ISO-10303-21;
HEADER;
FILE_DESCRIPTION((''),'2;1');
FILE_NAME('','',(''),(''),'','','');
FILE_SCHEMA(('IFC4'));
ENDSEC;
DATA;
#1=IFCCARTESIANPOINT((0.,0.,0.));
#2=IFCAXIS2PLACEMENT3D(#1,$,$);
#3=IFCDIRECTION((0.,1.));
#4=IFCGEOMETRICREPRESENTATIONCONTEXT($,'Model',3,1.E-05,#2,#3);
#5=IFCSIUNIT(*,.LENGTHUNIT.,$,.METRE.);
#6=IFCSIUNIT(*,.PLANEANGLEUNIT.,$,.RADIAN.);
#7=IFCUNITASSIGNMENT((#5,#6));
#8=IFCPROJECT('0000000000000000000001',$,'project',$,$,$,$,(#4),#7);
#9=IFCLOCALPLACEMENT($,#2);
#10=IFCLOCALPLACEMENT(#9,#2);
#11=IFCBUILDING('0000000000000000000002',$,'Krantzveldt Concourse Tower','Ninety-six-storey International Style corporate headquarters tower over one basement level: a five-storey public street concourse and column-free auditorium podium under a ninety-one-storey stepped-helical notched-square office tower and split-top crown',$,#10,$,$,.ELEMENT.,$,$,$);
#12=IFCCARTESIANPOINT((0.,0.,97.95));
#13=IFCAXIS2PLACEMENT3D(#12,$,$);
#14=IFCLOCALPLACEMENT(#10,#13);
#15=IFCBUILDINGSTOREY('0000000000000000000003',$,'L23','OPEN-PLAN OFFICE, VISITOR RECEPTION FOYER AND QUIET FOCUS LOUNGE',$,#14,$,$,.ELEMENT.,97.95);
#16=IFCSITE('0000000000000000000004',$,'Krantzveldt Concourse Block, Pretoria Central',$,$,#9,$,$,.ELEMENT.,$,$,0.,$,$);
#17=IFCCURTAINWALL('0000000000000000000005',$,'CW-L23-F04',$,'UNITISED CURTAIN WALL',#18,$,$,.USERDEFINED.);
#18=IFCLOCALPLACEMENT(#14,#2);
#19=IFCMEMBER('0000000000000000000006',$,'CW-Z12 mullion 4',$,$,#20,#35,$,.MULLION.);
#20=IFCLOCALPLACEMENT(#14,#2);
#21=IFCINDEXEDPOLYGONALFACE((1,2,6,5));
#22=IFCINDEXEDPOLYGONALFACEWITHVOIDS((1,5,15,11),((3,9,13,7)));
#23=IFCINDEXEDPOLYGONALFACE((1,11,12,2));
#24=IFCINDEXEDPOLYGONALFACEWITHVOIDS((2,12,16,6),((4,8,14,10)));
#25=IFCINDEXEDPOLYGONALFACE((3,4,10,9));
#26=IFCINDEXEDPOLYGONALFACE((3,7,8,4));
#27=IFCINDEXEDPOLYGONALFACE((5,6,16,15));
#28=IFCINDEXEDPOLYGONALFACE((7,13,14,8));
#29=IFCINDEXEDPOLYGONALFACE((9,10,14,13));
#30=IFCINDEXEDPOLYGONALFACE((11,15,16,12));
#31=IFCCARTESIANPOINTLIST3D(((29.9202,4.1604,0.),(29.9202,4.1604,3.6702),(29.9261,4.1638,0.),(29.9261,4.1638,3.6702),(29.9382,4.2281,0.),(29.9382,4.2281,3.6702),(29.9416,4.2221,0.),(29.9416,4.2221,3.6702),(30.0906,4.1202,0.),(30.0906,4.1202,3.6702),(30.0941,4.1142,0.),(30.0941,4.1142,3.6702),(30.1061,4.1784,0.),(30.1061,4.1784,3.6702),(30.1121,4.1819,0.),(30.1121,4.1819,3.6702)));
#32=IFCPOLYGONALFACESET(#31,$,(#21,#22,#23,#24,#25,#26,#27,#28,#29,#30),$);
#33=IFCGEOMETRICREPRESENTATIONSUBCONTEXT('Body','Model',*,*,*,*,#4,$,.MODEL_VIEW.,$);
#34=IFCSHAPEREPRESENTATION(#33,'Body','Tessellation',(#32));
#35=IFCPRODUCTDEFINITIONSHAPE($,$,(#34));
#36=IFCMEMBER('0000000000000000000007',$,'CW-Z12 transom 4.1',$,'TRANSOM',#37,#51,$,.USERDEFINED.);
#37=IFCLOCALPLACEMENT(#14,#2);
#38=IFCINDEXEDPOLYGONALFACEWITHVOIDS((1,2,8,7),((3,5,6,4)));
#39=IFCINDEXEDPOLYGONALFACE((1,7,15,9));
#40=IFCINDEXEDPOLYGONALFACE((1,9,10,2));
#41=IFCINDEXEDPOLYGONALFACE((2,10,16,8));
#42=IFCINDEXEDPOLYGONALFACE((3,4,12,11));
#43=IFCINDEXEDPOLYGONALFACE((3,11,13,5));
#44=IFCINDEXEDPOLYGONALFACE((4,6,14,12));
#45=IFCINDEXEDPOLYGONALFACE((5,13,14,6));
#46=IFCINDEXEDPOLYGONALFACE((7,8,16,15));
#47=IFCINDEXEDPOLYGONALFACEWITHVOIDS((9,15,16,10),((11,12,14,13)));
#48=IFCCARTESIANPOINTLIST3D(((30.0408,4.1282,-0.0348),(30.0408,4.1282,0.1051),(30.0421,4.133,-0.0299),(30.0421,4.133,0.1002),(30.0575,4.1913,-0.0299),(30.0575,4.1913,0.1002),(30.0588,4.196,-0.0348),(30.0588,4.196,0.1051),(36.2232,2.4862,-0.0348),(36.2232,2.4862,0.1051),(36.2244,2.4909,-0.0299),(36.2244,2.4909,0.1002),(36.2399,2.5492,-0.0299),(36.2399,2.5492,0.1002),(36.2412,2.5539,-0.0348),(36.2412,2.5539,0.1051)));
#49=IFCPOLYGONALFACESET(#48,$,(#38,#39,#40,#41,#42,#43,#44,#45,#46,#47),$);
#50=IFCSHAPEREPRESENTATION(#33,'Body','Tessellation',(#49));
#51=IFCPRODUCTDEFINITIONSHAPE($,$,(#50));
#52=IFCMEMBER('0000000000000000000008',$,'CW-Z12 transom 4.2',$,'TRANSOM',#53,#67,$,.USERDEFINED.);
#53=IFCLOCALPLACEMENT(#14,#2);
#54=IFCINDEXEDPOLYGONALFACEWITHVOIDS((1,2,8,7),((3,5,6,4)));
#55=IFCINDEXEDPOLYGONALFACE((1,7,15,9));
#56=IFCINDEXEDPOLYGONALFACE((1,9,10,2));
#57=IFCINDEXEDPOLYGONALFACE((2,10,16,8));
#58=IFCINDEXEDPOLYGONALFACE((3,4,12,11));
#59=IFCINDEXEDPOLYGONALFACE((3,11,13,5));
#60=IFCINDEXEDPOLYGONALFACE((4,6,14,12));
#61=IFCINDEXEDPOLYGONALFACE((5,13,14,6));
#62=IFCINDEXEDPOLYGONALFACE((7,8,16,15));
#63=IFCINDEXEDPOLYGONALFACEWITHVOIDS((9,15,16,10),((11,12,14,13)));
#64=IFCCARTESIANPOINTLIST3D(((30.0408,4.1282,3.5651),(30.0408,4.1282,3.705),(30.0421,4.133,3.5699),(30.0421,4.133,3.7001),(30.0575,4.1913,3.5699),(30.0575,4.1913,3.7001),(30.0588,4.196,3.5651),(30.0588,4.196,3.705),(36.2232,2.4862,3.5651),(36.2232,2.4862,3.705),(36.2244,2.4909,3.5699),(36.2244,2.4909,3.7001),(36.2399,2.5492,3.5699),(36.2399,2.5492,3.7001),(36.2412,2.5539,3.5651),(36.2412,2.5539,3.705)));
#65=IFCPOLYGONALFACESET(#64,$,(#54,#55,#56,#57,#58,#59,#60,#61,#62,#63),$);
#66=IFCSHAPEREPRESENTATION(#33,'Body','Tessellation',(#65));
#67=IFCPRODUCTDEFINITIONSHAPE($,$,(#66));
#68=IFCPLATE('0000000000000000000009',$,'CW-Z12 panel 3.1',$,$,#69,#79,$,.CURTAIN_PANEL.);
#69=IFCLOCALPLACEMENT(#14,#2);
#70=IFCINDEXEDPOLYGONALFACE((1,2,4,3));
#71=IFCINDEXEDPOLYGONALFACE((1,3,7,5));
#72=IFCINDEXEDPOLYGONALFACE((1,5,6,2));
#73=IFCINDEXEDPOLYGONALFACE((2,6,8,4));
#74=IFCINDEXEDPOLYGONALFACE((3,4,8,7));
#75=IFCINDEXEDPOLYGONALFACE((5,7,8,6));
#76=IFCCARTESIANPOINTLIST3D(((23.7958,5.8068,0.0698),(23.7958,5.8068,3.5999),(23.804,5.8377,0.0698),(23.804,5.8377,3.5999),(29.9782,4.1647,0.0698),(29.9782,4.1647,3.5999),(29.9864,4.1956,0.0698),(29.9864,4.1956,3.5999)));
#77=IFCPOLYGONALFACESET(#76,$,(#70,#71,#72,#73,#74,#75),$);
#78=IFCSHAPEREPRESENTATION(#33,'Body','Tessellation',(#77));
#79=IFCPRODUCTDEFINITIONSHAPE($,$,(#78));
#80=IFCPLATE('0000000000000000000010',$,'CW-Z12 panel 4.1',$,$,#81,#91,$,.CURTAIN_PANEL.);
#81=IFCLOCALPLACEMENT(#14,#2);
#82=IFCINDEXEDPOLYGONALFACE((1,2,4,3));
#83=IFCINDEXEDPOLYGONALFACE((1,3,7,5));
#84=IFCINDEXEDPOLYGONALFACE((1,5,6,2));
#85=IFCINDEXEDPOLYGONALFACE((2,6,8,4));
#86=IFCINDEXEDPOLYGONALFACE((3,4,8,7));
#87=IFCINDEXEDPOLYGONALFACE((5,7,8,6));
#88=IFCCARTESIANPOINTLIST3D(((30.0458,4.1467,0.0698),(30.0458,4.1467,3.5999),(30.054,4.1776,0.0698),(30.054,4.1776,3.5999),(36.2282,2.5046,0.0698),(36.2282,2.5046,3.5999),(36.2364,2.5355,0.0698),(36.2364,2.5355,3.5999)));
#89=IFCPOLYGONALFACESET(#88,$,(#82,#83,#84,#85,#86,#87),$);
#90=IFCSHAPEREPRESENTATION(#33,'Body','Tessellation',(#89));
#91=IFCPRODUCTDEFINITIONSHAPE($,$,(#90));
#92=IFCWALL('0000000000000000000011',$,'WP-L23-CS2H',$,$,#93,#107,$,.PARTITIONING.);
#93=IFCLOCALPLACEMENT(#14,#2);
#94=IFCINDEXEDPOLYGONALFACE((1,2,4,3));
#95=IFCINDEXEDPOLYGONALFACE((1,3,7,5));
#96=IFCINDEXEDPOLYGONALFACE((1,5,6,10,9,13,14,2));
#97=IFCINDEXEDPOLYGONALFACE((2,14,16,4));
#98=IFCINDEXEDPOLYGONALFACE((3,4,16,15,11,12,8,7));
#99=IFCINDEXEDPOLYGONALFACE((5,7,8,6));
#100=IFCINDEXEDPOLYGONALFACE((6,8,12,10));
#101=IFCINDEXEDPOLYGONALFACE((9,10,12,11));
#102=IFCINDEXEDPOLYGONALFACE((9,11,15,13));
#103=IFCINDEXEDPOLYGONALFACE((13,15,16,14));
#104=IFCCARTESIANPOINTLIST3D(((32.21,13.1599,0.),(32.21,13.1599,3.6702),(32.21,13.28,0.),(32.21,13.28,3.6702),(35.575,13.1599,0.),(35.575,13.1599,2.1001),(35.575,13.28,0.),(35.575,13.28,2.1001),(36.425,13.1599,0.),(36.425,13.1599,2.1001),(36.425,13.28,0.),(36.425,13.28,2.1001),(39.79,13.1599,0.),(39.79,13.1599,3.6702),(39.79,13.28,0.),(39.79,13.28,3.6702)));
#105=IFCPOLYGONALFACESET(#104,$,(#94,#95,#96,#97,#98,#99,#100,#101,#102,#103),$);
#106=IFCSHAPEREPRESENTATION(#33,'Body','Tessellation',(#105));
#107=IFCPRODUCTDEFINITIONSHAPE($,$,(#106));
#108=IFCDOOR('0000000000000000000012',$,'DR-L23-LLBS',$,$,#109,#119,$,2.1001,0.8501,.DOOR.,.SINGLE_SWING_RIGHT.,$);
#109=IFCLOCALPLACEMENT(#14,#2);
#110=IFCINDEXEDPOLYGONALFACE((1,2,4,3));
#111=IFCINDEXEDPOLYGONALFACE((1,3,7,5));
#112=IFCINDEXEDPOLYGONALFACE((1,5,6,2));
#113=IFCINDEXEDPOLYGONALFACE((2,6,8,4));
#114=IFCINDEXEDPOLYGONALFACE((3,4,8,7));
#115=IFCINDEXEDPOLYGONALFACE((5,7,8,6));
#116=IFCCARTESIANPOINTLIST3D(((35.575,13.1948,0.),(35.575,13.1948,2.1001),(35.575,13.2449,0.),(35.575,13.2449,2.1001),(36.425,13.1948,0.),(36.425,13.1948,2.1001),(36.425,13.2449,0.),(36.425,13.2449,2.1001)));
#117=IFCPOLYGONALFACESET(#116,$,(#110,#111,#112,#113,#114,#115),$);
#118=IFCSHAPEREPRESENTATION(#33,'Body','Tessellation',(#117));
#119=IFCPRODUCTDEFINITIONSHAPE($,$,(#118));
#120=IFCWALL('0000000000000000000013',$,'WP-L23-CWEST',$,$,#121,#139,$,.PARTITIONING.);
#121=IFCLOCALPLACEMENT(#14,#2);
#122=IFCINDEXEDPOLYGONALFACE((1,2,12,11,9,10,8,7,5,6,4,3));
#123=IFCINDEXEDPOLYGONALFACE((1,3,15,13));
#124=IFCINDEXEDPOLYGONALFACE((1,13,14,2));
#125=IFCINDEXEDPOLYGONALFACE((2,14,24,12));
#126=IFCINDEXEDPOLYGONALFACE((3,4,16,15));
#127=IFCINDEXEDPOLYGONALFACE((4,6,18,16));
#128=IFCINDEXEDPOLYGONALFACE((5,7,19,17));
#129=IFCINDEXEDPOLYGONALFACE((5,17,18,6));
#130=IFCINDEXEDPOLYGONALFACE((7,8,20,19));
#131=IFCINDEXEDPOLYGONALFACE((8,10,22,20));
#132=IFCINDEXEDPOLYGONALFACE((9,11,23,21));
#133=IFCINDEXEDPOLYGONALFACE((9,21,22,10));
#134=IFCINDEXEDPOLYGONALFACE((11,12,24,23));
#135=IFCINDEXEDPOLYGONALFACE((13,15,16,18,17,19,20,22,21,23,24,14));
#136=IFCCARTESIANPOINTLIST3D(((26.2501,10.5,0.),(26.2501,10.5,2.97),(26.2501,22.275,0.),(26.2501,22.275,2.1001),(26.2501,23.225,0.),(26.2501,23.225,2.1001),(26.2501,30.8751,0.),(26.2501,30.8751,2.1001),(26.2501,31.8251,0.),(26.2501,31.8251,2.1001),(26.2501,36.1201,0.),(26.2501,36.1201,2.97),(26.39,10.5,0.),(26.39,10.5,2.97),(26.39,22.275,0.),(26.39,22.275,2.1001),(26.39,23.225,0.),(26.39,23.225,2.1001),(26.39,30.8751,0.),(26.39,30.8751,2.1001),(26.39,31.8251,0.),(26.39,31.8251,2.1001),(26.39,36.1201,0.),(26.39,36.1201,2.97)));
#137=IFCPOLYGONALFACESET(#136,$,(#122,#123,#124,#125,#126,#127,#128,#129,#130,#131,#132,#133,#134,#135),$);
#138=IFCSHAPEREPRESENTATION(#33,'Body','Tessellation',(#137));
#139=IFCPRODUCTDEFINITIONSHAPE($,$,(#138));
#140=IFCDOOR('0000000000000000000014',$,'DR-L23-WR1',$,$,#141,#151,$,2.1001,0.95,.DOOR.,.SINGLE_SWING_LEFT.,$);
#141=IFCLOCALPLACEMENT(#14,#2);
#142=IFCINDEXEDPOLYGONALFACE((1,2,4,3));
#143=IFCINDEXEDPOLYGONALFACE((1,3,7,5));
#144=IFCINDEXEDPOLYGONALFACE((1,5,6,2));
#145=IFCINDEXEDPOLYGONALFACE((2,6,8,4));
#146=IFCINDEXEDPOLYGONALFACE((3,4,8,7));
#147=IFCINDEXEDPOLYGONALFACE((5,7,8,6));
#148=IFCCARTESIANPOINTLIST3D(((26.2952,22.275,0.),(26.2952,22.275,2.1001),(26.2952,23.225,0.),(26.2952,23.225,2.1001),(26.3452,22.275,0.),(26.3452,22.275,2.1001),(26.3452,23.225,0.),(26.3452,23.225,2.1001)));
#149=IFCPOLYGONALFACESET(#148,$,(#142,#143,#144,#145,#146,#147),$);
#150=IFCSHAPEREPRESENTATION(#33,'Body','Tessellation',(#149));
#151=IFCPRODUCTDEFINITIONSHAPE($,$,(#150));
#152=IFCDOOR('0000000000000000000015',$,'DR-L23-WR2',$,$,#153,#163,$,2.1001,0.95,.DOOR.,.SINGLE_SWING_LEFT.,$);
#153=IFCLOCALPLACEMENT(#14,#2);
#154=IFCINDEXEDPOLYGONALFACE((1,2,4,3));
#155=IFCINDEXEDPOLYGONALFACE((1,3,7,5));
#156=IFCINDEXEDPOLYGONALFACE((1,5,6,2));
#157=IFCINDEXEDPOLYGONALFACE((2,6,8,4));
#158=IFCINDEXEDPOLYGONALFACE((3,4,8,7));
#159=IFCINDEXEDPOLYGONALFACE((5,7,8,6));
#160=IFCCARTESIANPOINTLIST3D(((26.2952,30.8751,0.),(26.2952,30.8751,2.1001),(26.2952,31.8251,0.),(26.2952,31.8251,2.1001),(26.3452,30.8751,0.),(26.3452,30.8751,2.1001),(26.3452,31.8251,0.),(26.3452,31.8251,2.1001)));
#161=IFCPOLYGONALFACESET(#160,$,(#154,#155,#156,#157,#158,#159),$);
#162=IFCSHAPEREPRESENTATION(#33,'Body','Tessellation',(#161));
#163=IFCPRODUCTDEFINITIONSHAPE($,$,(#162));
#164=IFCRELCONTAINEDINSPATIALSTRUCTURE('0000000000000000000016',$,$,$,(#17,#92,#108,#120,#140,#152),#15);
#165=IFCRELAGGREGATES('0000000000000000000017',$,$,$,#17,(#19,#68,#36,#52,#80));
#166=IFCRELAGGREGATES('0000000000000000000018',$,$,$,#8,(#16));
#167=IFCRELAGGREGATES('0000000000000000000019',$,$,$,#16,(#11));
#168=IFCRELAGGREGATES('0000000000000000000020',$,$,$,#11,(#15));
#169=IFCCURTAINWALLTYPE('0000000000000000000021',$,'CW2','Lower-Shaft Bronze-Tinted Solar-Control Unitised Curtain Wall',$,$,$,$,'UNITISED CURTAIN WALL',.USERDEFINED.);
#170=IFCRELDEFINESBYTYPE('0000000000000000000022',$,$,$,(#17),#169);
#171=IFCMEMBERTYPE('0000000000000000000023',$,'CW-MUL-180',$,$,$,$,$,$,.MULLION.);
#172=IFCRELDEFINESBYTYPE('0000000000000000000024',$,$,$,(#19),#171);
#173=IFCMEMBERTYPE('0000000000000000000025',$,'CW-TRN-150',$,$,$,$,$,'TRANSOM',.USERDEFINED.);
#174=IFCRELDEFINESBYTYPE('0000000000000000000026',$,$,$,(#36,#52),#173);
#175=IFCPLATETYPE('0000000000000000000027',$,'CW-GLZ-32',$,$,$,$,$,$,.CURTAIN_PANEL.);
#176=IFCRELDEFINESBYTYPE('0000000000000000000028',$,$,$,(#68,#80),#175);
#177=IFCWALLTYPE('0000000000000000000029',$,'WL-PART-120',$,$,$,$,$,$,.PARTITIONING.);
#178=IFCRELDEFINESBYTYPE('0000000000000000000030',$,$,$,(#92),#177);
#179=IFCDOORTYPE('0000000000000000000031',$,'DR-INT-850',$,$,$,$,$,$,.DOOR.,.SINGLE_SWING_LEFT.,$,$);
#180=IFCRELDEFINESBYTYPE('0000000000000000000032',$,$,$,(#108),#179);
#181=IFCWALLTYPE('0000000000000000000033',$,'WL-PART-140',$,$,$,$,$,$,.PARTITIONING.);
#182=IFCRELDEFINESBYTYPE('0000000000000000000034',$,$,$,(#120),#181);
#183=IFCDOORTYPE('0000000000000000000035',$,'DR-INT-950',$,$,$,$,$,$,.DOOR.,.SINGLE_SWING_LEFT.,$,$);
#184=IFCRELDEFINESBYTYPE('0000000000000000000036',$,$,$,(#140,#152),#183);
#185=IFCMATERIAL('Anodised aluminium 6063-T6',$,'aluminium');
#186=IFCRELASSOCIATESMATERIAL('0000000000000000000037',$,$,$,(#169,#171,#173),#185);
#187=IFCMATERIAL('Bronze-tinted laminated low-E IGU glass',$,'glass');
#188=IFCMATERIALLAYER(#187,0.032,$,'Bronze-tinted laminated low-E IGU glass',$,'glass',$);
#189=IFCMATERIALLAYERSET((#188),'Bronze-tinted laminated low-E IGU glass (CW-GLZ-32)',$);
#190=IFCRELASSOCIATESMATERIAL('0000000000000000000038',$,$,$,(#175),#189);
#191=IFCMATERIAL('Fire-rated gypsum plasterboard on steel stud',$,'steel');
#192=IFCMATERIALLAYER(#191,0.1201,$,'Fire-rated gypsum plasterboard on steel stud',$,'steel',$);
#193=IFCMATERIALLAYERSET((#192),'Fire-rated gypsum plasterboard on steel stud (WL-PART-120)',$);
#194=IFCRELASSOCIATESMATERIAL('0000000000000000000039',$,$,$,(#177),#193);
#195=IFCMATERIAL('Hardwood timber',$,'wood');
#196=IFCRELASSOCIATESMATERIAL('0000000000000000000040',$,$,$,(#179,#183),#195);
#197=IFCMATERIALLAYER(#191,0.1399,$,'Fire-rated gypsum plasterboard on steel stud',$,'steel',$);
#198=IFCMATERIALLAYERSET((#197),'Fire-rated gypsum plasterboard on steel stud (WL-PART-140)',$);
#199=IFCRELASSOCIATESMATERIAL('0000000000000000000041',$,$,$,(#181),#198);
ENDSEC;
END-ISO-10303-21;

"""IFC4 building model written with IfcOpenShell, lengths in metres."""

from ifc_helpers import new_model, si_unit, direction, frame, frame_2d, origin, origin_2d, place, context, subcontext, project, spatial, rectangle, hollow_rectangle, extrude, source, transform, mapped, material, layer, layer_set, material_profile, profile_set, type_object, type_shapes, element, fill, aggregate, save


model = new_model("IFC4")

# Units and contexts
model_context = context("Model", 3, precision=1e-05, world=origin(), true_north=direction((0.0, 1.0)))
body_context = subcontext(model_context, "Body", "Model", "MODEL_VIEW")
ifc_project = project(units=[si_unit("LENGTHUNIT", "METRE"), si_unit("PLANEANGLEUNIT", "RADIAN")], contexts=[model_context])

# Site, building, storey
site_placement = place(None, origin())
site = spatial("IfcSite", under=ifc_project, at=site_placement, Name="Krantzveldt Concourse Block, Pretoria Central", CompositionType="ELEMENT", RefElevation=0.0)
building_placement = place(site_placement, origin())
building = spatial("IfcBuilding", under=site, at=building_placement, Name="Krantzveldt Concourse Tower", Description="Ninety-six-storey International Style corporate headquarters tower over one basement level: a five-storey public street concourse and column-free auditorium podium under a ninety-one-storey stepped-helical notched-square office tower and split-top crown", CompositionType="ELEMENT")
storey_placement = place(building_placement, frame((0.0, 0.0, 97.95)))
storey = spatial("IfcBuildingStorey", under=building, at=storey_placement, Name="L23", Description="OPEN-PLAN OFFICE, VISITOR RECEPTION FOYER AND QUIET FOCUS LOUNGE", CompositionType="ELEMENT", Elevation=97.95)

# Curtain wall, members, plates
ifc_material_1 = material(Name="Anodised aluminium 6063-T6", Category="aluminium")
curtain_wall_type = type_object("IfcCurtainWallType", Name="CW2", Description="Lower-Shaft Bronze-Tinted Solar-Control Unitised Curtain Wall", ElementType="UNITISED CURTAIN WALL", PredefinedType="USERDEFINED", material=ifc_material_1)
curtain_wall_placement = place(storey_placement, origin())
curtain_wall = element("IfcCurtainWall", 1, at=curtain_wall_placement, inside=storey, type_object=curtain_wall_type, Name="CW-L23-F04", ObjectType="UNITISED CURTAIN WALL", PredefinedType="USERDEFINED")
ifc_material_profile_1 = material_profile(ifc_material_1, hollow_rectangle(XDim=0.0701, YDim=0.1799, WallThickness=0.0049, at=origin_2d()), Name="Anodised aluminium 6063-T6", Category="aluminium")
ifc_profile_set_1 = profile_set([ifc_material_profile_1], Name="Anodised aluminium 6063-T6 - ALU-MULL 180x70x5")
member_type_1 = type_object("IfcMemberType", Name="CW-MUL-180", PredefinedType="MULLION", material=ifc_profile_set_1)
shared_shape_1 = source(origin(), body_context, "Body", "SweptSolid", [
    extrude(hollow_rectangle(XDim=0.0701, YDim=0.1799, WallThickness=0.0049, at=origin_2d()), origin(), (0.0, 0.0, 1.0), 3.6702),
])
type_shapes(member_type_1, [shared_shape_1])
member_1_placement = place(storey_placement, frame((30.0161, 4.1711, 0.0), z_axis=(0.0, 0.0, 1.0), x_axis=(0.256711, 0.966488, 0.0)))
member_1 = element("IfcMember", 2, at=member_1_placement, type_object=member_type_1, Name="CW-Z12 mullion 4", PredefinedType="MULLION", context=body_context, shape_type="MappedRepresentation", body=[
    mapped(shared_shape_1, transform((0.0, 0.0, 0.0), x_axis=(1.0, 0.0, 0.0), y_axis=(0.0, 1.0, 0.0), z_axis=(0.0, 0.0, 1.0), scale=1.0)),
])
ifc_material_profile_2 = material_profile(ifc_material_1, hollow_rectangle(XDim=0.0701, YDim=0.1399, WallThickness=0.0049, at=origin_2d()), Name="Anodised aluminium 6063-T6", Category="aluminium")
ifc_profile_set_2 = profile_set([ifc_material_profile_2], Name="Anodised aluminium 6063-T6 - ALU-TRAN 140x70x5")
member_type_2 = type_object("IfcMemberType", Name="CW-TRN-150", ElementType="TRANSOM", PredefinedType="USERDEFINED", material=ifc_profile_set_2)
shared_shape_2 = source(origin(), body_context, "Body", "SweptSolid", [
    extrude(hollow_rectangle(XDim=0.0701, YDim=0.1399, WallThickness=0.0049, at=origin_2d()), origin(), (0.0, 0.0, 1.0), 6.3967),
])
type_shapes(member_type_2, [shared_shape_2])
member_2_placement = place(storey_placement, frame((30.0498, 4.1621, 0.0352), z_axis=(0.966489, -0.256708, 0.0), x_axis=(0.256708, 0.966489, 0.0)))
member_2 = element("IfcMember", 3, at=member_2_placement, type_object=member_type_2, Name="CW-Z12 transom 4.1", ObjectType="TRANSOM", PredefinedType="USERDEFINED", context=body_context, shape_type="MappedRepresentation", body=[
    mapped(shared_shape_2, transform((0.0, 0.0, 0.0), x_axis=(1.0, 0.0, 0.0), y_axis=(0.0, 1.0, 0.0), z_axis=(0.0, 0.0, 1.0), scale=1.0)),
])
member_3_placement = place(storey_placement, frame((30.0498, 4.1621, 3.635), z_axis=(0.966489, -0.256708, 0.0), x_axis=(0.256708, 0.966489, 0.0)))
member_3 = element("IfcMember", 4, at=member_3_placement, type_object=member_type_2, Name="CW-Z12 transom 4.2", ObjectType="TRANSOM", PredefinedType="USERDEFINED", context=body_context, shape_type="MappedRepresentation", body=[
    mapped(shared_shape_2, transform((0.0, 0.0, 0.0), x_axis=(1.0, 0.0, 0.0), y_axis=(0.0, 1.0, 0.0), z_axis=(0.0, 0.0, 1.0), scale=1.0)),
])
ifc_material_2 = material(Name="Bronze-tinted laminated low-E IGU glass", Category="glass")
ifc_layer_1 = layer(ifc_material_2, 0.032, Name="Bronze-tinted laminated low-E IGU glass", Category="glass")
ifc_layer_set_1 = layer_set([ifc_layer_1], Name="Bronze-tinted laminated low-E IGU glass (CW-GLZ-32)")
plate_type = type_object("IfcPlateType", Name="CW-GLZ-32", PredefinedType="CURTAIN_PANEL", material=ifc_layer_set_1)
shared_shape_3 = source(origin(), body_context, "Body", "SweptSolid", [
    extrude(rectangle(XDim=6.3967, YDim=0.032, at=origin_2d()), origin(), (0.0, 0.0, 1.0), 3.53),
])
type_shapes(plate_type, [shared_shape_3])
plate_1_placement = place(storey_placement, frame((26.8911, 5.0012, 0.0698), z_axis=(0.0, 0.0, 1.0), x_axis=(0.966488, -0.256711, 0.0)))
plate_1 = element("IfcPlate", 5, at=plate_1_placement, type_object=plate_type, Name="CW-Z12 panel 3.1", PredefinedType="CURTAIN_PANEL", context=body_context, shape_type="MappedRepresentation", body=[
    mapped(shared_shape_3, transform((0.0, 0.0, 0.0), x_axis=(1.0, 0.0, 0.0), y_axis=(0.0, 1.0, 0.0), z_axis=(0.0, 0.0, 1.0), scale=1.0)),
])
plate_2_placement = place(storey_placement, frame((33.1411, 3.3411, 0.0698), z_axis=(0.0, 0.0, 1.0), x_axis=(0.966488, -0.256711, 0.0)))
plate_2 = element("IfcPlate", 6, at=plate_2_placement, type_object=plate_type, Name="CW-Z12 panel 4.1", PredefinedType="CURTAIN_PANEL", context=body_context, shape_type="MappedRepresentation", body=[
    mapped(shared_shape_3, transform((0.0, 0.0, 0.0), x_axis=(1.0, 0.0, 0.0), y_axis=(0.0, 1.0, 0.0), z_axis=(0.0, 0.0, 1.0), scale=1.0)),
])
aggregate(curtain_wall, [member_1, plate_1, member_2, member_3, plate_2])

# Wall, opening, door
ifc_material_3 = material(Name="Fire-rated gypsum plasterboard on steel stud", Category="steel")
ifc_layer_2 = layer(ifc_material_3, 0.1201, Name="Fire-rated gypsum plasterboard on steel stud", Category="steel")
ifc_layer_set_2 = layer_set([ifc_layer_2], Name="Fire-rated gypsum plasterboard on steel stud (WL-PART-120)")
wall_type_1 = type_object("IfcWallType", Name="WL-PART-120", PredefinedType="PARTITIONING", material=ifc_layer_set_2)
wall_1_placement = place(storey_placement, frame((32.21, 13.22, 0.0), z_axis=(0.0, 0.0, 1.0), x_axis=(1.0, 0.0, 0.0)))
wall_1 = element("IfcWall", 7, at=wall_1_placement, inside=storey, type_object=wall_type_1, Name="WP-L23-CS2H", PredefinedType="PARTITIONING", context=body_context, shape_type="SweptSolid", body=[
    extrude(rectangle(XDim=7.5801, YDim=0.1201, at=frame_2d((3.79, 0.0))), origin(), (0.0, 0.0, 1.0), 3.6702),
])
opening_1_placement = place(wall_1_placement, frame((3.365, 0.0, 0.0)))
opening_1 = element("IfcOpeningElement", 8, at=opening_1_placement, cuts=wall_1, PredefinedType="OPENING", context=body_context, shape_type="SweptSolid", body=[
    extrude(rectangle(XDim=0.8501, YDim=2.1001, at=frame_2d((0.425, 1.05))), frame((0.0, 0.0701, 0.0), z_axis=(0.0, -1.0, 0.0), x_axis=(1.0, 0.0, 0.0)), (0.0, 0.0, 1.0), 0.1401),
])
ifc_material_4 = material(Name="Hardwood timber", Category="wood")
door_type_1 = type_object("IfcDoorType", Name="DR-INT-850", OperationType="SINGLE_SWING_LEFT", PredefinedType="DOOR", material=ifc_material_4)
door_1_placement = place(opening_1_placement, origin())
door_1 = element("IfcDoor", 9, at=door_1_placement, inside=storey, type_object=door_type_1, Name="DR-L23-LLBS", OperationType="SINGLE_SWING_RIGHT", OverallHeight=2.1001, OverallWidth=0.8501, PredefinedType="DOOR", context=body_context, shape_type="SweptSolid", body=[
    extrude(rectangle(XDim=0.8501, YDim=2.1001, at=frame_2d((0.425, 1.05))), frame((0.0, 0.0249, 0.0), z_axis=(0.0, -1.0, 0.0), x_axis=(1.0, 0.0, 0.0)), (0.0, 0.0, 1.0), 0.05),
])
fill(opening_1, door_1)

# Wall, openings, doors
ifc_layer_3 = layer(ifc_material_3, 0.1399, Name="Fire-rated gypsum plasterboard on steel stud", Category="steel")
ifc_layer_set_3 = layer_set([ifc_layer_3], Name="Fire-rated gypsum plasterboard on steel stud (WL-PART-140)")
wall_type_2 = type_object("IfcWallType", Name="WL-PART-140", PredefinedType="PARTITIONING", material=ifc_layer_set_3)
wall_2_placement = place(storey_placement, frame((26.3201, 10.5, 0.0), z_axis=(0.0, 0.0, 1.0), x_axis=(0.0, 1.0, 0.0)))
wall_2 = element("IfcWall", 10, at=wall_2_placement, inside=storey, type_object=wall_type_2, Name="WP-L23-CWEST", PredefinedType="PARTITIONING", context=body_context, shape_type="SweptSolid", body=[
    extrude(rectangle(XDim=25.6201, YDim=0.1399, at=frame_2d((12.8101, 0.0))), origin(), (0.0, 0.0, 1.0), 2.97),
])
opening_2_placement = place(wall_2_placement, frame((11.7749, 0.0, 0.0)))
opening_2 = element("IfcOpeningElement", 11, at=opening_2_placement, cuts=wall_2, PredefinedType="OPENING", context=body_context, shape_type="SweptSolid", body=[
    extrude(rectangle(XDim=0.95, YDim=2.1001, at=frame_2d((0.4751, 1.05))), frame((0.0, 0.0801, 0.0), z_axis=(0.0, -1.0, 0.0), x_axis=(1.0, 0.0, 0.0)), (0.0, 0.0, 1.0), 0.1599),
])
opening_3_placement = place(wall_2_placement, frame((20.375, 0.0, 0.0)))
opening_3 = element("IfcOpeningElement", 12, at=opening_3_placement, cuts=wall_2, PredefinedType="OPENING", context=body_context, shape_type="SweptSolid", body=[
    extrude(rectangle(XDim=0.95, YDim=2.1001, at=frame_2d((0.4751, 1.05))), frame((0.0, 0.0801, 0.0), z_axis=(0.0, -1.0, 0.0), x_axis=(1.0, 0.0, 0.0)), (0.0, 0.0, 1.0), 0.1599),
])
door_type_2 = type_object("IfcDoorType", Name="DR-INT-950", OperationType="SINGLE_SWING_LEFT", PredefinedType="DOOR", material=ifc_material_4)
door_2_placement = place(opening_2_placement, origin())
door_2 = element("IfcDoor", 13, at=door_2_placement, inside=storey, type_object=door_type_2, Name="DR-L23-WR1", OperationType="SINGLE_SWING_LEFT", OverallHeight=2.1001, OverallWidth=0.95, PredefinedType="DOOR", context=body_context, shape_type="SweptSolid", body=[
    extrude(rectangle(XDim=0.95, YDim=2.1001, at=frame_2d((0.4751, 1.05))), frame((0.0, 0.0249, 0.0), z_axis=(0.0, -1.0, 0.0), x_axis=(1.0, 0.0, 0.0)), (0.0, 0.0, 1.0), 0.05),
])
fill(opening_2, door_2)
door_3_placement = place(opening_3_placement, origin())
door_3 = element("IfcDoor", 14, at=door_3_placement, inside=storey, type_object=door_type_2, Name="DR-L23-WR2", OperationType="SINGLE_SWING_LEFT", OverallHeight=2.1001, OverallWidth=0.95, PredefinedType="DOOR", context=body_context, shape_type="SweptSolid", body=[
    extrude(rectangle(XDim=0.95, YDim=2.1001, at=frame_2d((0.4751, 1.05))), frame((0.0, 0.0249, 0.0), z_axis=(0.0, -1.0, 0.0), x_axis=(1.0, 0.0, 0.0)), (0.0, 0.0, 1.0), 0.05),
])
fill(opening_3, door_3)

save(model, "model.ifc")
